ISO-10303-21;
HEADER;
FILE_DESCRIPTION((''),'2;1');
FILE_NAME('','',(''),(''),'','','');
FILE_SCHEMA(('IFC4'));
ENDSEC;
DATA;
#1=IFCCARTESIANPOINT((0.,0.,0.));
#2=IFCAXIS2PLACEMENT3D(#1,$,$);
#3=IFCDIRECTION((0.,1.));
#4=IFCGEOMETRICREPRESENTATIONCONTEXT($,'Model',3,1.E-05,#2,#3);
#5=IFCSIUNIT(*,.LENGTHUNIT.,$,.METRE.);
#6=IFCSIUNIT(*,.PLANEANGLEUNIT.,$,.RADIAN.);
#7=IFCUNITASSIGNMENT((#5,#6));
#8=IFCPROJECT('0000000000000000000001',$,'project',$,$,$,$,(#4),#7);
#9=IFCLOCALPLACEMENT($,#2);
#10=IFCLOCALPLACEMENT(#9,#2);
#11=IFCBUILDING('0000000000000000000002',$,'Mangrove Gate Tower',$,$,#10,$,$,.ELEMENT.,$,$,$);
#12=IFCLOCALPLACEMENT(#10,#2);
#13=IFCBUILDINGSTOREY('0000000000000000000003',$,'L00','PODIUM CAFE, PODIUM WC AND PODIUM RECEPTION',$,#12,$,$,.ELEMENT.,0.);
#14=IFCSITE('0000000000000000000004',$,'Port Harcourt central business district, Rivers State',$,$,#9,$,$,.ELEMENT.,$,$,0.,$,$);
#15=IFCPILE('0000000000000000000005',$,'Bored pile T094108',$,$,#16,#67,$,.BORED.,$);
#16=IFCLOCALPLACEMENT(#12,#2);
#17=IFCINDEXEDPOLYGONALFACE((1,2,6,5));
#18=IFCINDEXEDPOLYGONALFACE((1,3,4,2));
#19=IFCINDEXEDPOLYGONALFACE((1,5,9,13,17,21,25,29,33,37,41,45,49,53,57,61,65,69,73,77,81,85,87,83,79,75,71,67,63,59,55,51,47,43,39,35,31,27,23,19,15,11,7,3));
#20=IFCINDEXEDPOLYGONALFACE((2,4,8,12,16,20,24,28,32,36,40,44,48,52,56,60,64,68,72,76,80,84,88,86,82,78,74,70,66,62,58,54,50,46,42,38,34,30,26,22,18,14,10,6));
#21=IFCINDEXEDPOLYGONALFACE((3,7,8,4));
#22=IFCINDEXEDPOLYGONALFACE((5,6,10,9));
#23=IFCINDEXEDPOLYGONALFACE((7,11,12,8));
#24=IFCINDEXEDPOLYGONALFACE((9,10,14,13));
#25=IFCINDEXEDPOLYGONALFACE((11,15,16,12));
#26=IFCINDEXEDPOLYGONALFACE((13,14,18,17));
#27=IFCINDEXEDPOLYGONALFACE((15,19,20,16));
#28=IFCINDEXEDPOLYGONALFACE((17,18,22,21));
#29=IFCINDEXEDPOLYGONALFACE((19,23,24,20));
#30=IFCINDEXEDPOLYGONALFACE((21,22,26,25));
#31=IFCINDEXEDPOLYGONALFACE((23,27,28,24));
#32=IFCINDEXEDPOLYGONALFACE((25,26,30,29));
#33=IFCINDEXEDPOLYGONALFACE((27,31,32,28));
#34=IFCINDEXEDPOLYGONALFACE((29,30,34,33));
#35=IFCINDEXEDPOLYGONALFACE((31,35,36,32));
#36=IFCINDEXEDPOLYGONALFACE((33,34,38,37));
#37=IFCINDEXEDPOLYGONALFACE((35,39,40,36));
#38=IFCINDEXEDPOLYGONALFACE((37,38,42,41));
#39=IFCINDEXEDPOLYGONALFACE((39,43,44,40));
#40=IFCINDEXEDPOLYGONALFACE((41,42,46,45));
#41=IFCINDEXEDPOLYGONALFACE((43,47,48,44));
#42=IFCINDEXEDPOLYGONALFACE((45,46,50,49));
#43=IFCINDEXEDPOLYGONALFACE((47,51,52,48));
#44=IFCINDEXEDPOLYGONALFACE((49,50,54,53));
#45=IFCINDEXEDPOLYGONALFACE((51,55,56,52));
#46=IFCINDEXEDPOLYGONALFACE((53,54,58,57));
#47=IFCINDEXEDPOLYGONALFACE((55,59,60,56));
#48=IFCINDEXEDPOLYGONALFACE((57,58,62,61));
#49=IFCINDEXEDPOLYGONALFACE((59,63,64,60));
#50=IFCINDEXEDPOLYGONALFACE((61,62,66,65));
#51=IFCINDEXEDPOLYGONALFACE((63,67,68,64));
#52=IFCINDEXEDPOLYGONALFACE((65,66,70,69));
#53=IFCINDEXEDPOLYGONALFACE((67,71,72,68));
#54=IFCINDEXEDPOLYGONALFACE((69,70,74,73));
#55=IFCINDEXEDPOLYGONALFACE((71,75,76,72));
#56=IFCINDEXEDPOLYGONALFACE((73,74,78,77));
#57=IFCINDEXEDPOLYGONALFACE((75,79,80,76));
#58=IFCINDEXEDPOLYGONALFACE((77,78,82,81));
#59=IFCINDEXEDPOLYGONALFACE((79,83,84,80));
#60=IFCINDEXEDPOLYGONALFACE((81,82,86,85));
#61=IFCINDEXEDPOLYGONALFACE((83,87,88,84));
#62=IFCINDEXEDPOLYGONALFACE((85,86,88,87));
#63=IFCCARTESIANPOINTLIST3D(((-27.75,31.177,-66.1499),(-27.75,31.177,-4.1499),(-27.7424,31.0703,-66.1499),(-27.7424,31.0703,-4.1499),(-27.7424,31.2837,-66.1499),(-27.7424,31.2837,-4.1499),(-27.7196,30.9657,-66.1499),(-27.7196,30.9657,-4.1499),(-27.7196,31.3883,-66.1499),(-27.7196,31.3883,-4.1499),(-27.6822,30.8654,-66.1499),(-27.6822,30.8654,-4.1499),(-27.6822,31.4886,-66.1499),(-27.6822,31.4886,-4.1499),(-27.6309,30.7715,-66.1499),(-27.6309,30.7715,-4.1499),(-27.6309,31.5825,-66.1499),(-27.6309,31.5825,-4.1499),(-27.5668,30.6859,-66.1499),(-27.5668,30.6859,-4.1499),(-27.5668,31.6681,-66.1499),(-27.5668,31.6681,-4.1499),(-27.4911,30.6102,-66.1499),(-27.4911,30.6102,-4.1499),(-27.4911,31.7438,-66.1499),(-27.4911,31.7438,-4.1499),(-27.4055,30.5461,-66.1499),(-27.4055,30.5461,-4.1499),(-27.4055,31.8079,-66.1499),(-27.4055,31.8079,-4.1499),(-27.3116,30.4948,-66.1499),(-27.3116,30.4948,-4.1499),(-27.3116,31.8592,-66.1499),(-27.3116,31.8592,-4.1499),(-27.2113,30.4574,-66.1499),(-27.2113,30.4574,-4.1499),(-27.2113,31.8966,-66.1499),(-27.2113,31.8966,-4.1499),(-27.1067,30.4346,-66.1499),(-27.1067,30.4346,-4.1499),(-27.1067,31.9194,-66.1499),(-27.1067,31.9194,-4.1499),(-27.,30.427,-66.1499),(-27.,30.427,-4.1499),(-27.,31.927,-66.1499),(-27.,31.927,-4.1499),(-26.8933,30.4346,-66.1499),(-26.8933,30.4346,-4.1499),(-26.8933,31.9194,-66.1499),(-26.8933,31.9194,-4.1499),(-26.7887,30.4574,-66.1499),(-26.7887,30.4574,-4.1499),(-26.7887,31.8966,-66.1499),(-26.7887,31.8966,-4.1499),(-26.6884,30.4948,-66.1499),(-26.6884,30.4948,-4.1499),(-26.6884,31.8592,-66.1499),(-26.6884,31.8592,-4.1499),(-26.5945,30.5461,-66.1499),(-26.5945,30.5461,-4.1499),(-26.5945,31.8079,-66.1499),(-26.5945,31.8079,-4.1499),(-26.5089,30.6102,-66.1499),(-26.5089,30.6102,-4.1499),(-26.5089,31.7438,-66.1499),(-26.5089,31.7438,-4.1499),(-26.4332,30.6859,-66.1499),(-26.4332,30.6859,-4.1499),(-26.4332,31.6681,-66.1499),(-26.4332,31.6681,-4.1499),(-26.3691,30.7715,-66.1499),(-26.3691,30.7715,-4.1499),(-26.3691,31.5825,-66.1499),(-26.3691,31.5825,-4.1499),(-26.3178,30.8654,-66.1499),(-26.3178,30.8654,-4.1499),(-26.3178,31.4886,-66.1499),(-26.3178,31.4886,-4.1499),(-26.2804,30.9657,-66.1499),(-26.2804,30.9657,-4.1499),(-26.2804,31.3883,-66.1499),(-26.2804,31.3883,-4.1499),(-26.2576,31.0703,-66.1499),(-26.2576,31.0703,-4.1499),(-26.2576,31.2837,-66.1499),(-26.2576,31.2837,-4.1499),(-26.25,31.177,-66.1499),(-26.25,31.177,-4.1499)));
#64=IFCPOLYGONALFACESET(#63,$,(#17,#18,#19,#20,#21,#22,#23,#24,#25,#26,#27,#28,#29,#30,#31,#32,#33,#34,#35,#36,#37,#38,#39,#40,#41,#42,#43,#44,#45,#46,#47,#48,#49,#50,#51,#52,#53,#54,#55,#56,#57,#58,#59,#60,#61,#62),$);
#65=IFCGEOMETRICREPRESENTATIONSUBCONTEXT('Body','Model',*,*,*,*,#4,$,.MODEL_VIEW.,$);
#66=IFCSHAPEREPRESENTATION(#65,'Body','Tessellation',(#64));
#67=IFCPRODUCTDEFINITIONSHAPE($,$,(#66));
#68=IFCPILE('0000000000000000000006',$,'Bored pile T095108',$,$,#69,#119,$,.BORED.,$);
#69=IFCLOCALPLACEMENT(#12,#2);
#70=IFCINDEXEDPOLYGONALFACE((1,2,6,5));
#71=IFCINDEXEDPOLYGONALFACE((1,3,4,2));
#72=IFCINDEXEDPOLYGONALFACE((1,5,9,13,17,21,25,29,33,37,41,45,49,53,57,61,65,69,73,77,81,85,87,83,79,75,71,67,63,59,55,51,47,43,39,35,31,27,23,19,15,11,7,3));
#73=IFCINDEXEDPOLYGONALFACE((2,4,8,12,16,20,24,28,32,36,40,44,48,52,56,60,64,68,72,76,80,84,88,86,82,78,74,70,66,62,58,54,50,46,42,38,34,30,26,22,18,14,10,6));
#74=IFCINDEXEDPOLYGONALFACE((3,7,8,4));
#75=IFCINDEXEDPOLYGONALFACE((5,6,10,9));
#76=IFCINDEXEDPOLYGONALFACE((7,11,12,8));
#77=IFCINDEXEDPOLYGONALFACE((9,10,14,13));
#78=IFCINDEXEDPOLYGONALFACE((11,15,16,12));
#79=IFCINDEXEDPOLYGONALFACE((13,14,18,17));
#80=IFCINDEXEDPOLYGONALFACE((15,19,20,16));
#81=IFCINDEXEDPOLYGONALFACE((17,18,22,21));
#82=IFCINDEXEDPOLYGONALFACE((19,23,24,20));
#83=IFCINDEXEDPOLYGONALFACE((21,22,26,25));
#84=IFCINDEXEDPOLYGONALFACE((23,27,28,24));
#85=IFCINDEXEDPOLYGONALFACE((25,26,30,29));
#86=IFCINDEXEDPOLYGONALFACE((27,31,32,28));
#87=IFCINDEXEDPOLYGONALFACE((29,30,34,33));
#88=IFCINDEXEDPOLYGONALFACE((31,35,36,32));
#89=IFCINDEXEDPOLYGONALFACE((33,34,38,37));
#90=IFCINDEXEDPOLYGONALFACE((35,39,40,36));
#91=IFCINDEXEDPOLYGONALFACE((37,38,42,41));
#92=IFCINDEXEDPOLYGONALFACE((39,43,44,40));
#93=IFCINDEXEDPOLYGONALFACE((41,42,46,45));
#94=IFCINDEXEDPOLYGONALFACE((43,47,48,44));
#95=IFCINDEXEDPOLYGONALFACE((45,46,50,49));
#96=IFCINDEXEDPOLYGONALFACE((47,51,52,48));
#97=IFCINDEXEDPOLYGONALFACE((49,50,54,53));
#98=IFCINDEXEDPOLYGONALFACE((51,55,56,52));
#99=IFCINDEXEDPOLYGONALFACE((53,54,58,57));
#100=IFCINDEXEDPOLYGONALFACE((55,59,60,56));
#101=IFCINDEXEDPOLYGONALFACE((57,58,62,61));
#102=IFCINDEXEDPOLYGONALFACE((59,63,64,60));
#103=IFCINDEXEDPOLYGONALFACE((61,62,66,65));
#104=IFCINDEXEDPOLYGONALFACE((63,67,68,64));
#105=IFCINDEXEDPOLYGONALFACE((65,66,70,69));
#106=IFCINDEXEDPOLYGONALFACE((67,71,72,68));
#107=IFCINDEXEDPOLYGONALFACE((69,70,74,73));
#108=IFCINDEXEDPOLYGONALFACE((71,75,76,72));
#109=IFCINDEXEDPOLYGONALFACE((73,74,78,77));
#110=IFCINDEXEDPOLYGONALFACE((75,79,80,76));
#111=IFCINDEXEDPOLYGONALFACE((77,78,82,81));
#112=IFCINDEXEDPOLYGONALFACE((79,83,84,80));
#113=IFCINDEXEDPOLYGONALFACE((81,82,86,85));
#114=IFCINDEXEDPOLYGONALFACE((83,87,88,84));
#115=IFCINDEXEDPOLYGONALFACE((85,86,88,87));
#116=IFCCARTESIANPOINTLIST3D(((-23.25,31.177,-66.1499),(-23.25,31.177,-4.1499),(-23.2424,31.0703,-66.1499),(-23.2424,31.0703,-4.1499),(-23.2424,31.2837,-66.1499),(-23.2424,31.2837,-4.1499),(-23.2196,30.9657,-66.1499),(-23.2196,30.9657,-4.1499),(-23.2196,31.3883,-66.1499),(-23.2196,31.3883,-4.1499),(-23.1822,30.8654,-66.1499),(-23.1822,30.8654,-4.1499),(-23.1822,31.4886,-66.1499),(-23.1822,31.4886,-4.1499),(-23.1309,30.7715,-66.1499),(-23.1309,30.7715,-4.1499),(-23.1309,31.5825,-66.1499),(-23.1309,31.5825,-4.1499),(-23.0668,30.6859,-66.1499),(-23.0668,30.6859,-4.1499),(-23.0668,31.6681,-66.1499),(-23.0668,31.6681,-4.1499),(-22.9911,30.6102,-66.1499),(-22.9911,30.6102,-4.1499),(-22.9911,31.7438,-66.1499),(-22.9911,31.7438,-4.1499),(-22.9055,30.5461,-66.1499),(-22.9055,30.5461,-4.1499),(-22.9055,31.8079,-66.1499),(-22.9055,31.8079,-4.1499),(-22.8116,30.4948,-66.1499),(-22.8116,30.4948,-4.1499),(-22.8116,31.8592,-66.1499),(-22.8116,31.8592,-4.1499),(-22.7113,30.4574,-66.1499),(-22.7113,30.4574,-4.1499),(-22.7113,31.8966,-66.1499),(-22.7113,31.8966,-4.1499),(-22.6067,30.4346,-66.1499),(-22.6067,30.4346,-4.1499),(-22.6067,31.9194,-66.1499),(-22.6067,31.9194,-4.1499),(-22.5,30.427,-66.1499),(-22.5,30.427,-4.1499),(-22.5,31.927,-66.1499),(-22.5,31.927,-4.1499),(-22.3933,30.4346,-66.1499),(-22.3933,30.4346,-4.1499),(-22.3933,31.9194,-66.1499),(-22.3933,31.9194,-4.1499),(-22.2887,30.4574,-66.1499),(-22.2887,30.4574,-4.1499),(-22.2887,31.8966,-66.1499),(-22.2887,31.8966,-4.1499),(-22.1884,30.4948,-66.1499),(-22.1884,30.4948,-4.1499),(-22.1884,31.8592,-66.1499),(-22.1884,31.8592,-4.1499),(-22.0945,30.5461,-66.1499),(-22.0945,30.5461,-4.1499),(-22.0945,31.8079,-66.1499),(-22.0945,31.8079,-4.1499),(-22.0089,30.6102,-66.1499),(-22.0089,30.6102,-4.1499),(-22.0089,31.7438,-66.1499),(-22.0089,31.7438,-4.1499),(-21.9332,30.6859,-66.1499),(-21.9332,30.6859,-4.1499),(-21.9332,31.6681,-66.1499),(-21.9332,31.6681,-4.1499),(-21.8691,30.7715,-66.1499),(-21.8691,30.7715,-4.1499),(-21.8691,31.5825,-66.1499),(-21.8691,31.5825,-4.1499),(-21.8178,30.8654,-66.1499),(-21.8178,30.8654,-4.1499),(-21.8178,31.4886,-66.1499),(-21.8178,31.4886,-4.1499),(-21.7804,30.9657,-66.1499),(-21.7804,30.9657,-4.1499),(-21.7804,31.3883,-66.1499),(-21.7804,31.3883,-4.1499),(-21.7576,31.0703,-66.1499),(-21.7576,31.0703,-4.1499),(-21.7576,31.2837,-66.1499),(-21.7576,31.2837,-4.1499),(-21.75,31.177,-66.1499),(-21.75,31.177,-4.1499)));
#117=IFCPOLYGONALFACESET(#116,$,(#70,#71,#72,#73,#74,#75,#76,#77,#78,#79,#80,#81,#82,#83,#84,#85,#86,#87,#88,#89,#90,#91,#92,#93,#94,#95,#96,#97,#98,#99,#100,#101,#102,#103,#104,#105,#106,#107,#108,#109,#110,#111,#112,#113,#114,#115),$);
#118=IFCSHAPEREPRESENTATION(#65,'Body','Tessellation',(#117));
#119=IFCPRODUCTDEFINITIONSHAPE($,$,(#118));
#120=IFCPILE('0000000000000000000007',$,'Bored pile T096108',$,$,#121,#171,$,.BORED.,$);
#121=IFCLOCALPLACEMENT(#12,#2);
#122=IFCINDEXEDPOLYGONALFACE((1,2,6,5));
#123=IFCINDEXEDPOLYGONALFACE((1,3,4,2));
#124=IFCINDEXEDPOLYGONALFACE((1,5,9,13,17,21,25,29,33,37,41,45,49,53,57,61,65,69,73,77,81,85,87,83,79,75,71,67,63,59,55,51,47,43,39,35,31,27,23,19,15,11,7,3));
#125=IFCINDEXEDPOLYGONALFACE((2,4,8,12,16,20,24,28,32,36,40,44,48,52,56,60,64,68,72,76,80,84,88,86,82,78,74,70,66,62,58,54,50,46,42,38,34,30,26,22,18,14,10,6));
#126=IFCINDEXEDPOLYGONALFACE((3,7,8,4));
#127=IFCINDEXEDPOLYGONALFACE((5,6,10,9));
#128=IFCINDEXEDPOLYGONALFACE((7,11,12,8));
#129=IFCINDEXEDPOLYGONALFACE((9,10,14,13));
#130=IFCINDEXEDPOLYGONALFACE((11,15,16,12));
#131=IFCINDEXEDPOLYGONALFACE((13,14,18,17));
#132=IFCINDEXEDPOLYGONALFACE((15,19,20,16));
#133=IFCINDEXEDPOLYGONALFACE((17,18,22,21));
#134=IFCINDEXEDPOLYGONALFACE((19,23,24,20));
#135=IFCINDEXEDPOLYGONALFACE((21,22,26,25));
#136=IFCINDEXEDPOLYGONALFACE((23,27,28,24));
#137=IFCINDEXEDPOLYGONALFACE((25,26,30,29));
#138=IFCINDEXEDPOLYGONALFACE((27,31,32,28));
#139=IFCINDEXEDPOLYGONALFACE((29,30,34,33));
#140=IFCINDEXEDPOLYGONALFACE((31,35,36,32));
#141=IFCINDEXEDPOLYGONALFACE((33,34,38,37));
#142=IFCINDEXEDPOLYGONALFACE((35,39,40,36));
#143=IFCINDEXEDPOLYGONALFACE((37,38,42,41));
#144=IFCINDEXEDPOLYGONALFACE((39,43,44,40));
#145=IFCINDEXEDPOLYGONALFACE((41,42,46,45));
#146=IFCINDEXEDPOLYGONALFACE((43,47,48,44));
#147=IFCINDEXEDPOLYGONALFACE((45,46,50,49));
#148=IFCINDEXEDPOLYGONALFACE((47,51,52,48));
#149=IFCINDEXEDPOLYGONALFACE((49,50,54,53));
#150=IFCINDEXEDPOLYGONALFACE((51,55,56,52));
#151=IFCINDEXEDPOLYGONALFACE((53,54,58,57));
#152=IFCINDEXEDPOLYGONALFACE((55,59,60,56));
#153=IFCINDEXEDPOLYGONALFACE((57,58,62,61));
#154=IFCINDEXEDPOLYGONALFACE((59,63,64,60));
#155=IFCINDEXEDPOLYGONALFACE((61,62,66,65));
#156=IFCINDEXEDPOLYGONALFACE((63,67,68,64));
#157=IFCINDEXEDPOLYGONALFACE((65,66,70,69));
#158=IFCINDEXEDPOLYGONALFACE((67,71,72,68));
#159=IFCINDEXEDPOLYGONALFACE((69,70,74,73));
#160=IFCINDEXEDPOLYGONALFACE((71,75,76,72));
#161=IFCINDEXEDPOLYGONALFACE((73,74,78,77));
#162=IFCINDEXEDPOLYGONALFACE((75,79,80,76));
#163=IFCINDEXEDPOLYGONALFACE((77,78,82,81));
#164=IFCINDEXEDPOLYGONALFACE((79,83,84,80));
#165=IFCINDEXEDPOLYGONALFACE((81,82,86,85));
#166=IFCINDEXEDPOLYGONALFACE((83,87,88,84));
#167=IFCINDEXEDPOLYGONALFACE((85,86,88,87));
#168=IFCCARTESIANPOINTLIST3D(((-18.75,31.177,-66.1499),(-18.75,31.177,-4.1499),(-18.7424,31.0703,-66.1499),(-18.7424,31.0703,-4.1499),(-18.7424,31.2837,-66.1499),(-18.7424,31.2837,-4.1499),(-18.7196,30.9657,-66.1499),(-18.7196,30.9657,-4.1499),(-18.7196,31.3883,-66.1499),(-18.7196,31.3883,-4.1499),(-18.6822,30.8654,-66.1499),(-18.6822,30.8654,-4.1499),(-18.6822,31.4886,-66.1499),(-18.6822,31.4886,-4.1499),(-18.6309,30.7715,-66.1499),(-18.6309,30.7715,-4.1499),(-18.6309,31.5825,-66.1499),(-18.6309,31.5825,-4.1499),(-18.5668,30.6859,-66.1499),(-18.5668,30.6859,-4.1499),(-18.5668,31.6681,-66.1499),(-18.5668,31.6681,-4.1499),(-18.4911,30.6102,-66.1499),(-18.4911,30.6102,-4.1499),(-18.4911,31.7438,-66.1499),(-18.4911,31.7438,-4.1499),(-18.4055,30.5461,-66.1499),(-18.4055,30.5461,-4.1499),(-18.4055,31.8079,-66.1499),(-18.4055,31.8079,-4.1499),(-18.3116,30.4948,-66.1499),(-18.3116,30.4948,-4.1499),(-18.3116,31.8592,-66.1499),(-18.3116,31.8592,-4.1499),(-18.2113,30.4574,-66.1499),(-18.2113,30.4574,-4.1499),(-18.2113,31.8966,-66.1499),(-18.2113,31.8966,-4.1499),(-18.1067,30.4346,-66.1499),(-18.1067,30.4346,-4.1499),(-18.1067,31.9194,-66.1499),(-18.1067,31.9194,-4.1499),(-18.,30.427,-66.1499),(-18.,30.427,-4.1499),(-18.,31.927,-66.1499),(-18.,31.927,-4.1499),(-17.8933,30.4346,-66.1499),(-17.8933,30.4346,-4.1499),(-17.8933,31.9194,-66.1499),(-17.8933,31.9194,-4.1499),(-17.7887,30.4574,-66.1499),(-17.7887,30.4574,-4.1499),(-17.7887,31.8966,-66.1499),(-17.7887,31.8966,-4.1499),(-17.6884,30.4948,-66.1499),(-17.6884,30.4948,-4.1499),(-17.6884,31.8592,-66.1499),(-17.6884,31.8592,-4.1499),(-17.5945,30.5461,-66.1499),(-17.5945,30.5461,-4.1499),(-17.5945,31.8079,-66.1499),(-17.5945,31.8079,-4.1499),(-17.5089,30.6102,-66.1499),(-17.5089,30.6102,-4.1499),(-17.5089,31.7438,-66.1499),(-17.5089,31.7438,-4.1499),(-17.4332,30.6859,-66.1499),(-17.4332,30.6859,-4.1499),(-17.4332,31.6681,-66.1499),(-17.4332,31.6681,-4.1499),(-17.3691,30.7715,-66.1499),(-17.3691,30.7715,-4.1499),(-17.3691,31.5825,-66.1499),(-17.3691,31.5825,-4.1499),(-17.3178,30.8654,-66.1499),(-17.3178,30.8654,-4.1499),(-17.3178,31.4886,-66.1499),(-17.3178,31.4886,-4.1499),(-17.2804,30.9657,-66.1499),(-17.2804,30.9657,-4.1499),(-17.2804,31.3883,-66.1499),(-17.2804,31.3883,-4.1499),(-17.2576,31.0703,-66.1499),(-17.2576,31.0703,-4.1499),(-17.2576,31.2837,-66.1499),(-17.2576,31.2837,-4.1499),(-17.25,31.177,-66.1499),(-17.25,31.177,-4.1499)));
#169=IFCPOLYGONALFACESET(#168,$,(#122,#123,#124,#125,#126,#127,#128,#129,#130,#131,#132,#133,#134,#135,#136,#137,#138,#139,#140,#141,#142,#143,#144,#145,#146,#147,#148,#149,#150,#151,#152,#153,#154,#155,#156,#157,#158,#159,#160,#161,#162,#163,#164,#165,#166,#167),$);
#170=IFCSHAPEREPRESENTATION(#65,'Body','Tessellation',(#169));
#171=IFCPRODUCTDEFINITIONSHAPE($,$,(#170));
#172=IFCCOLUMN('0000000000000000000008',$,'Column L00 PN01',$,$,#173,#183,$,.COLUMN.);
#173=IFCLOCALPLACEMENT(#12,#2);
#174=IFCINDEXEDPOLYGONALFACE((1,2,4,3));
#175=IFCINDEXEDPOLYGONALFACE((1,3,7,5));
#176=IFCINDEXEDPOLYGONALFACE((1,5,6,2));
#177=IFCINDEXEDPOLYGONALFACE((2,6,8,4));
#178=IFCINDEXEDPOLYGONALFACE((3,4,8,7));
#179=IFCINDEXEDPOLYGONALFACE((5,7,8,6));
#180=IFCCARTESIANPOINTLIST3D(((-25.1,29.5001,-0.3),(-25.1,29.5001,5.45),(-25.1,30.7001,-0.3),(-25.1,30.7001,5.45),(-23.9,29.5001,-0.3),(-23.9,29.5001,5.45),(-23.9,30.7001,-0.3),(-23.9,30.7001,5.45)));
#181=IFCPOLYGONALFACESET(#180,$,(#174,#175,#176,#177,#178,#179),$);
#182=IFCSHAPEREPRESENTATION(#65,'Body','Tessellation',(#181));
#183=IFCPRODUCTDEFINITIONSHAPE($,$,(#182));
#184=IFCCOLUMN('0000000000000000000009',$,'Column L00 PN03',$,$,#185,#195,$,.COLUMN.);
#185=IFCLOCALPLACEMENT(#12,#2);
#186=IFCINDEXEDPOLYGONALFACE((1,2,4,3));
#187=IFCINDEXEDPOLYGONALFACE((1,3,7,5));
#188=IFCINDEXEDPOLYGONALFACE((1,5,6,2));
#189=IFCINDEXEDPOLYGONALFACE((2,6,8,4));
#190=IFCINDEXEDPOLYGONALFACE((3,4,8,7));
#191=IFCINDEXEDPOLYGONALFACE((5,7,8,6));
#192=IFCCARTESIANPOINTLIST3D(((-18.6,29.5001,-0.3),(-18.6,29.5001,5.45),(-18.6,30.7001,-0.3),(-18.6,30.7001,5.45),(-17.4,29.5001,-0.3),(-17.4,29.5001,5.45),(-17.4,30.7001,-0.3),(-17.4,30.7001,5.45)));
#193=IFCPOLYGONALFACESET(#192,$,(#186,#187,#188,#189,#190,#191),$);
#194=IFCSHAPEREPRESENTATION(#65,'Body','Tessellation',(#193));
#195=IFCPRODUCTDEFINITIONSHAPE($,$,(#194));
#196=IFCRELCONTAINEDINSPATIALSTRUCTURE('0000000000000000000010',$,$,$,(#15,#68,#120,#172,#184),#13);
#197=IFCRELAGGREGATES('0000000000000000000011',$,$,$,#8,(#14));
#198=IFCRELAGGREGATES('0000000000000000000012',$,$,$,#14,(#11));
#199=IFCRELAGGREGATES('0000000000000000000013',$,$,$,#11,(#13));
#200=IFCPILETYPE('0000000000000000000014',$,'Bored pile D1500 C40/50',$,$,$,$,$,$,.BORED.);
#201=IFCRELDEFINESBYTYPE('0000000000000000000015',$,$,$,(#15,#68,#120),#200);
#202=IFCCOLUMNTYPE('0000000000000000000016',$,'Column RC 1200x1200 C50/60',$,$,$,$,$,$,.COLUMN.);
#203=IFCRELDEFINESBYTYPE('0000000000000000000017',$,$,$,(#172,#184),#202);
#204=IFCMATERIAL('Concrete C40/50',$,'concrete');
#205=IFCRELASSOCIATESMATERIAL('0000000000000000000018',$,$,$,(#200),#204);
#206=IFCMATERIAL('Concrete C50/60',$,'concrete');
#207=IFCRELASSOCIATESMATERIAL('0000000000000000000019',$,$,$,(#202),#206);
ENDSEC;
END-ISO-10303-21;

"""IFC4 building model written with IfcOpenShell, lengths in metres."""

from ifc_helpers import new_model, si_unit, direction, frame, origin, origin_2d, place, context, subcontext, project, spatial, rectangle, circle, extrude, material, material_profile, profile_set, type_object, element, save


model = new_model("IFC4")

# Units and contexts
model_context = context("Model", 3, precision=1e-05, world=origin(), true_north=direction((0.0, 1.0)))
body_context = subcontext(model_context, "Body", "Model", "MODEL_VIEW")
ifc_project = project(units=[si_unit("LENGTHUNIT", "METRE"), si_unit("PLANEANGLEUNIT", "RADIAN")], contexts=[model_context])

# Site, building, storey
site_placement = place(None, origin())
site = spatial("IfcSite", under=ifc_project, at=site_placement, Name="Port Harcourt central business district, Rivers State", CompositionType="ELEMENT", RefElevation=0.0)
building_placement = place(site_placement, origin())
building = spatial("IfcBuilding", under=site, at=building_placement, Name="Mangrove Gate Tower", CompositionType="ELEMENT")
storey_placement = place(building_placement, origin())
storey = spatial("IfcBuildingStorey", under=building, at=storey_placement, Name="L00", Description="PODIUM CAFE, PODIUM WC AND PODIUM RECEPTION", CompositionType="ELEMENT", Elevation=0.0)

# Piles
ifc_material_1 = material(Name="Concrete C40/50", Category="concrete")
ifc_material_profile_1 = material_profile(ifc_material_1, circle(Radius=0.75, at=origin_2d()))
ifc_profile_set_1 = profile_set([ifc_material_profile_1], Name="Concrete C40/50")
pile_type = type_object("IfcPileType", Name="Bored pile D1500 C40/50", PredefinedType="BORED", material=ifc_profile_set_1)
for number, where, z_axis, x_axis, name in (
    (1, (-27.0, 31.177, -4.1499), (0.0, 0.0, -1.0), (1.0, 0.0, 0.0), "Bored pile T094108"),
    (2, (-22.5, 31.177, -4.1499), (0.0, 0.0, -1.0), (1.0, 0.0, 0.0), "Bored pile T095108"),
    (3, (-18.0, 31.177, -4.1499), (0.0, 0.0, -1.0), (1.0, 0.0, 0.0), "Bored pile T096108"),
):
    element("IfcPile", number, at=place(storey_placement, frame(where, z_axis=z_axis, x_axis=x_axis)), inside=storey, type_object=pile_type, Name=name, PredefinedType="BORED", context=body_context, shape_type="SweptSolid", body=[
        extrude(circle(Radius=0.75, at=origin_2d()), origin(), (0.0, 0.0, 1.0), 62.0),
    ])

# Columns
ifc_material_2 = material(Name="Concrete C50/60", Category="concrete")
ifc_material_profile_2 = material_profile(ifc_material_2, rectangle(XDim=1.2, YDim=1.2, at=origin_2d()))
ifc_profile_set_2 = profile_set([ifc_material_profile_2], Name="Concrete C50/60")
column_type_1 = type_object("IfcColumnType", Name="Column RC 1200x1200 C50/60", PredefinedType="COLUMN", material=ifc_profile_set_2)
for number, where, z_axis, x_axis, name in (
    (4, (-24.5, 30.1001, -0.3), (0.0, 0.0, 1.0), (1.0, 0.0, 0.0), "Column L00 PN01"),
    (5, (-18.0, 30.1001, -0.3), (0.0, 0.0, 1.0), (1.0, 0.0, 0.0), "Column L00 PN03"),
):
    element("IfcColumn", number, at=place(storey_placement, frame(where, z_axis=z_axis, x_axis=x_axis)), inside=storey, type_object=column_type_1, Name=name, PredefinedType="COLUMN", context=body_context, shape_type="SweptSolid", body=[
        extrude(rectangle(XDim=1.2, YDim=1.2, at=origin_2d()), origin(), (0.0, 0.0, 1.0), 5.75),
    ])

save(model, "model.ifc")
